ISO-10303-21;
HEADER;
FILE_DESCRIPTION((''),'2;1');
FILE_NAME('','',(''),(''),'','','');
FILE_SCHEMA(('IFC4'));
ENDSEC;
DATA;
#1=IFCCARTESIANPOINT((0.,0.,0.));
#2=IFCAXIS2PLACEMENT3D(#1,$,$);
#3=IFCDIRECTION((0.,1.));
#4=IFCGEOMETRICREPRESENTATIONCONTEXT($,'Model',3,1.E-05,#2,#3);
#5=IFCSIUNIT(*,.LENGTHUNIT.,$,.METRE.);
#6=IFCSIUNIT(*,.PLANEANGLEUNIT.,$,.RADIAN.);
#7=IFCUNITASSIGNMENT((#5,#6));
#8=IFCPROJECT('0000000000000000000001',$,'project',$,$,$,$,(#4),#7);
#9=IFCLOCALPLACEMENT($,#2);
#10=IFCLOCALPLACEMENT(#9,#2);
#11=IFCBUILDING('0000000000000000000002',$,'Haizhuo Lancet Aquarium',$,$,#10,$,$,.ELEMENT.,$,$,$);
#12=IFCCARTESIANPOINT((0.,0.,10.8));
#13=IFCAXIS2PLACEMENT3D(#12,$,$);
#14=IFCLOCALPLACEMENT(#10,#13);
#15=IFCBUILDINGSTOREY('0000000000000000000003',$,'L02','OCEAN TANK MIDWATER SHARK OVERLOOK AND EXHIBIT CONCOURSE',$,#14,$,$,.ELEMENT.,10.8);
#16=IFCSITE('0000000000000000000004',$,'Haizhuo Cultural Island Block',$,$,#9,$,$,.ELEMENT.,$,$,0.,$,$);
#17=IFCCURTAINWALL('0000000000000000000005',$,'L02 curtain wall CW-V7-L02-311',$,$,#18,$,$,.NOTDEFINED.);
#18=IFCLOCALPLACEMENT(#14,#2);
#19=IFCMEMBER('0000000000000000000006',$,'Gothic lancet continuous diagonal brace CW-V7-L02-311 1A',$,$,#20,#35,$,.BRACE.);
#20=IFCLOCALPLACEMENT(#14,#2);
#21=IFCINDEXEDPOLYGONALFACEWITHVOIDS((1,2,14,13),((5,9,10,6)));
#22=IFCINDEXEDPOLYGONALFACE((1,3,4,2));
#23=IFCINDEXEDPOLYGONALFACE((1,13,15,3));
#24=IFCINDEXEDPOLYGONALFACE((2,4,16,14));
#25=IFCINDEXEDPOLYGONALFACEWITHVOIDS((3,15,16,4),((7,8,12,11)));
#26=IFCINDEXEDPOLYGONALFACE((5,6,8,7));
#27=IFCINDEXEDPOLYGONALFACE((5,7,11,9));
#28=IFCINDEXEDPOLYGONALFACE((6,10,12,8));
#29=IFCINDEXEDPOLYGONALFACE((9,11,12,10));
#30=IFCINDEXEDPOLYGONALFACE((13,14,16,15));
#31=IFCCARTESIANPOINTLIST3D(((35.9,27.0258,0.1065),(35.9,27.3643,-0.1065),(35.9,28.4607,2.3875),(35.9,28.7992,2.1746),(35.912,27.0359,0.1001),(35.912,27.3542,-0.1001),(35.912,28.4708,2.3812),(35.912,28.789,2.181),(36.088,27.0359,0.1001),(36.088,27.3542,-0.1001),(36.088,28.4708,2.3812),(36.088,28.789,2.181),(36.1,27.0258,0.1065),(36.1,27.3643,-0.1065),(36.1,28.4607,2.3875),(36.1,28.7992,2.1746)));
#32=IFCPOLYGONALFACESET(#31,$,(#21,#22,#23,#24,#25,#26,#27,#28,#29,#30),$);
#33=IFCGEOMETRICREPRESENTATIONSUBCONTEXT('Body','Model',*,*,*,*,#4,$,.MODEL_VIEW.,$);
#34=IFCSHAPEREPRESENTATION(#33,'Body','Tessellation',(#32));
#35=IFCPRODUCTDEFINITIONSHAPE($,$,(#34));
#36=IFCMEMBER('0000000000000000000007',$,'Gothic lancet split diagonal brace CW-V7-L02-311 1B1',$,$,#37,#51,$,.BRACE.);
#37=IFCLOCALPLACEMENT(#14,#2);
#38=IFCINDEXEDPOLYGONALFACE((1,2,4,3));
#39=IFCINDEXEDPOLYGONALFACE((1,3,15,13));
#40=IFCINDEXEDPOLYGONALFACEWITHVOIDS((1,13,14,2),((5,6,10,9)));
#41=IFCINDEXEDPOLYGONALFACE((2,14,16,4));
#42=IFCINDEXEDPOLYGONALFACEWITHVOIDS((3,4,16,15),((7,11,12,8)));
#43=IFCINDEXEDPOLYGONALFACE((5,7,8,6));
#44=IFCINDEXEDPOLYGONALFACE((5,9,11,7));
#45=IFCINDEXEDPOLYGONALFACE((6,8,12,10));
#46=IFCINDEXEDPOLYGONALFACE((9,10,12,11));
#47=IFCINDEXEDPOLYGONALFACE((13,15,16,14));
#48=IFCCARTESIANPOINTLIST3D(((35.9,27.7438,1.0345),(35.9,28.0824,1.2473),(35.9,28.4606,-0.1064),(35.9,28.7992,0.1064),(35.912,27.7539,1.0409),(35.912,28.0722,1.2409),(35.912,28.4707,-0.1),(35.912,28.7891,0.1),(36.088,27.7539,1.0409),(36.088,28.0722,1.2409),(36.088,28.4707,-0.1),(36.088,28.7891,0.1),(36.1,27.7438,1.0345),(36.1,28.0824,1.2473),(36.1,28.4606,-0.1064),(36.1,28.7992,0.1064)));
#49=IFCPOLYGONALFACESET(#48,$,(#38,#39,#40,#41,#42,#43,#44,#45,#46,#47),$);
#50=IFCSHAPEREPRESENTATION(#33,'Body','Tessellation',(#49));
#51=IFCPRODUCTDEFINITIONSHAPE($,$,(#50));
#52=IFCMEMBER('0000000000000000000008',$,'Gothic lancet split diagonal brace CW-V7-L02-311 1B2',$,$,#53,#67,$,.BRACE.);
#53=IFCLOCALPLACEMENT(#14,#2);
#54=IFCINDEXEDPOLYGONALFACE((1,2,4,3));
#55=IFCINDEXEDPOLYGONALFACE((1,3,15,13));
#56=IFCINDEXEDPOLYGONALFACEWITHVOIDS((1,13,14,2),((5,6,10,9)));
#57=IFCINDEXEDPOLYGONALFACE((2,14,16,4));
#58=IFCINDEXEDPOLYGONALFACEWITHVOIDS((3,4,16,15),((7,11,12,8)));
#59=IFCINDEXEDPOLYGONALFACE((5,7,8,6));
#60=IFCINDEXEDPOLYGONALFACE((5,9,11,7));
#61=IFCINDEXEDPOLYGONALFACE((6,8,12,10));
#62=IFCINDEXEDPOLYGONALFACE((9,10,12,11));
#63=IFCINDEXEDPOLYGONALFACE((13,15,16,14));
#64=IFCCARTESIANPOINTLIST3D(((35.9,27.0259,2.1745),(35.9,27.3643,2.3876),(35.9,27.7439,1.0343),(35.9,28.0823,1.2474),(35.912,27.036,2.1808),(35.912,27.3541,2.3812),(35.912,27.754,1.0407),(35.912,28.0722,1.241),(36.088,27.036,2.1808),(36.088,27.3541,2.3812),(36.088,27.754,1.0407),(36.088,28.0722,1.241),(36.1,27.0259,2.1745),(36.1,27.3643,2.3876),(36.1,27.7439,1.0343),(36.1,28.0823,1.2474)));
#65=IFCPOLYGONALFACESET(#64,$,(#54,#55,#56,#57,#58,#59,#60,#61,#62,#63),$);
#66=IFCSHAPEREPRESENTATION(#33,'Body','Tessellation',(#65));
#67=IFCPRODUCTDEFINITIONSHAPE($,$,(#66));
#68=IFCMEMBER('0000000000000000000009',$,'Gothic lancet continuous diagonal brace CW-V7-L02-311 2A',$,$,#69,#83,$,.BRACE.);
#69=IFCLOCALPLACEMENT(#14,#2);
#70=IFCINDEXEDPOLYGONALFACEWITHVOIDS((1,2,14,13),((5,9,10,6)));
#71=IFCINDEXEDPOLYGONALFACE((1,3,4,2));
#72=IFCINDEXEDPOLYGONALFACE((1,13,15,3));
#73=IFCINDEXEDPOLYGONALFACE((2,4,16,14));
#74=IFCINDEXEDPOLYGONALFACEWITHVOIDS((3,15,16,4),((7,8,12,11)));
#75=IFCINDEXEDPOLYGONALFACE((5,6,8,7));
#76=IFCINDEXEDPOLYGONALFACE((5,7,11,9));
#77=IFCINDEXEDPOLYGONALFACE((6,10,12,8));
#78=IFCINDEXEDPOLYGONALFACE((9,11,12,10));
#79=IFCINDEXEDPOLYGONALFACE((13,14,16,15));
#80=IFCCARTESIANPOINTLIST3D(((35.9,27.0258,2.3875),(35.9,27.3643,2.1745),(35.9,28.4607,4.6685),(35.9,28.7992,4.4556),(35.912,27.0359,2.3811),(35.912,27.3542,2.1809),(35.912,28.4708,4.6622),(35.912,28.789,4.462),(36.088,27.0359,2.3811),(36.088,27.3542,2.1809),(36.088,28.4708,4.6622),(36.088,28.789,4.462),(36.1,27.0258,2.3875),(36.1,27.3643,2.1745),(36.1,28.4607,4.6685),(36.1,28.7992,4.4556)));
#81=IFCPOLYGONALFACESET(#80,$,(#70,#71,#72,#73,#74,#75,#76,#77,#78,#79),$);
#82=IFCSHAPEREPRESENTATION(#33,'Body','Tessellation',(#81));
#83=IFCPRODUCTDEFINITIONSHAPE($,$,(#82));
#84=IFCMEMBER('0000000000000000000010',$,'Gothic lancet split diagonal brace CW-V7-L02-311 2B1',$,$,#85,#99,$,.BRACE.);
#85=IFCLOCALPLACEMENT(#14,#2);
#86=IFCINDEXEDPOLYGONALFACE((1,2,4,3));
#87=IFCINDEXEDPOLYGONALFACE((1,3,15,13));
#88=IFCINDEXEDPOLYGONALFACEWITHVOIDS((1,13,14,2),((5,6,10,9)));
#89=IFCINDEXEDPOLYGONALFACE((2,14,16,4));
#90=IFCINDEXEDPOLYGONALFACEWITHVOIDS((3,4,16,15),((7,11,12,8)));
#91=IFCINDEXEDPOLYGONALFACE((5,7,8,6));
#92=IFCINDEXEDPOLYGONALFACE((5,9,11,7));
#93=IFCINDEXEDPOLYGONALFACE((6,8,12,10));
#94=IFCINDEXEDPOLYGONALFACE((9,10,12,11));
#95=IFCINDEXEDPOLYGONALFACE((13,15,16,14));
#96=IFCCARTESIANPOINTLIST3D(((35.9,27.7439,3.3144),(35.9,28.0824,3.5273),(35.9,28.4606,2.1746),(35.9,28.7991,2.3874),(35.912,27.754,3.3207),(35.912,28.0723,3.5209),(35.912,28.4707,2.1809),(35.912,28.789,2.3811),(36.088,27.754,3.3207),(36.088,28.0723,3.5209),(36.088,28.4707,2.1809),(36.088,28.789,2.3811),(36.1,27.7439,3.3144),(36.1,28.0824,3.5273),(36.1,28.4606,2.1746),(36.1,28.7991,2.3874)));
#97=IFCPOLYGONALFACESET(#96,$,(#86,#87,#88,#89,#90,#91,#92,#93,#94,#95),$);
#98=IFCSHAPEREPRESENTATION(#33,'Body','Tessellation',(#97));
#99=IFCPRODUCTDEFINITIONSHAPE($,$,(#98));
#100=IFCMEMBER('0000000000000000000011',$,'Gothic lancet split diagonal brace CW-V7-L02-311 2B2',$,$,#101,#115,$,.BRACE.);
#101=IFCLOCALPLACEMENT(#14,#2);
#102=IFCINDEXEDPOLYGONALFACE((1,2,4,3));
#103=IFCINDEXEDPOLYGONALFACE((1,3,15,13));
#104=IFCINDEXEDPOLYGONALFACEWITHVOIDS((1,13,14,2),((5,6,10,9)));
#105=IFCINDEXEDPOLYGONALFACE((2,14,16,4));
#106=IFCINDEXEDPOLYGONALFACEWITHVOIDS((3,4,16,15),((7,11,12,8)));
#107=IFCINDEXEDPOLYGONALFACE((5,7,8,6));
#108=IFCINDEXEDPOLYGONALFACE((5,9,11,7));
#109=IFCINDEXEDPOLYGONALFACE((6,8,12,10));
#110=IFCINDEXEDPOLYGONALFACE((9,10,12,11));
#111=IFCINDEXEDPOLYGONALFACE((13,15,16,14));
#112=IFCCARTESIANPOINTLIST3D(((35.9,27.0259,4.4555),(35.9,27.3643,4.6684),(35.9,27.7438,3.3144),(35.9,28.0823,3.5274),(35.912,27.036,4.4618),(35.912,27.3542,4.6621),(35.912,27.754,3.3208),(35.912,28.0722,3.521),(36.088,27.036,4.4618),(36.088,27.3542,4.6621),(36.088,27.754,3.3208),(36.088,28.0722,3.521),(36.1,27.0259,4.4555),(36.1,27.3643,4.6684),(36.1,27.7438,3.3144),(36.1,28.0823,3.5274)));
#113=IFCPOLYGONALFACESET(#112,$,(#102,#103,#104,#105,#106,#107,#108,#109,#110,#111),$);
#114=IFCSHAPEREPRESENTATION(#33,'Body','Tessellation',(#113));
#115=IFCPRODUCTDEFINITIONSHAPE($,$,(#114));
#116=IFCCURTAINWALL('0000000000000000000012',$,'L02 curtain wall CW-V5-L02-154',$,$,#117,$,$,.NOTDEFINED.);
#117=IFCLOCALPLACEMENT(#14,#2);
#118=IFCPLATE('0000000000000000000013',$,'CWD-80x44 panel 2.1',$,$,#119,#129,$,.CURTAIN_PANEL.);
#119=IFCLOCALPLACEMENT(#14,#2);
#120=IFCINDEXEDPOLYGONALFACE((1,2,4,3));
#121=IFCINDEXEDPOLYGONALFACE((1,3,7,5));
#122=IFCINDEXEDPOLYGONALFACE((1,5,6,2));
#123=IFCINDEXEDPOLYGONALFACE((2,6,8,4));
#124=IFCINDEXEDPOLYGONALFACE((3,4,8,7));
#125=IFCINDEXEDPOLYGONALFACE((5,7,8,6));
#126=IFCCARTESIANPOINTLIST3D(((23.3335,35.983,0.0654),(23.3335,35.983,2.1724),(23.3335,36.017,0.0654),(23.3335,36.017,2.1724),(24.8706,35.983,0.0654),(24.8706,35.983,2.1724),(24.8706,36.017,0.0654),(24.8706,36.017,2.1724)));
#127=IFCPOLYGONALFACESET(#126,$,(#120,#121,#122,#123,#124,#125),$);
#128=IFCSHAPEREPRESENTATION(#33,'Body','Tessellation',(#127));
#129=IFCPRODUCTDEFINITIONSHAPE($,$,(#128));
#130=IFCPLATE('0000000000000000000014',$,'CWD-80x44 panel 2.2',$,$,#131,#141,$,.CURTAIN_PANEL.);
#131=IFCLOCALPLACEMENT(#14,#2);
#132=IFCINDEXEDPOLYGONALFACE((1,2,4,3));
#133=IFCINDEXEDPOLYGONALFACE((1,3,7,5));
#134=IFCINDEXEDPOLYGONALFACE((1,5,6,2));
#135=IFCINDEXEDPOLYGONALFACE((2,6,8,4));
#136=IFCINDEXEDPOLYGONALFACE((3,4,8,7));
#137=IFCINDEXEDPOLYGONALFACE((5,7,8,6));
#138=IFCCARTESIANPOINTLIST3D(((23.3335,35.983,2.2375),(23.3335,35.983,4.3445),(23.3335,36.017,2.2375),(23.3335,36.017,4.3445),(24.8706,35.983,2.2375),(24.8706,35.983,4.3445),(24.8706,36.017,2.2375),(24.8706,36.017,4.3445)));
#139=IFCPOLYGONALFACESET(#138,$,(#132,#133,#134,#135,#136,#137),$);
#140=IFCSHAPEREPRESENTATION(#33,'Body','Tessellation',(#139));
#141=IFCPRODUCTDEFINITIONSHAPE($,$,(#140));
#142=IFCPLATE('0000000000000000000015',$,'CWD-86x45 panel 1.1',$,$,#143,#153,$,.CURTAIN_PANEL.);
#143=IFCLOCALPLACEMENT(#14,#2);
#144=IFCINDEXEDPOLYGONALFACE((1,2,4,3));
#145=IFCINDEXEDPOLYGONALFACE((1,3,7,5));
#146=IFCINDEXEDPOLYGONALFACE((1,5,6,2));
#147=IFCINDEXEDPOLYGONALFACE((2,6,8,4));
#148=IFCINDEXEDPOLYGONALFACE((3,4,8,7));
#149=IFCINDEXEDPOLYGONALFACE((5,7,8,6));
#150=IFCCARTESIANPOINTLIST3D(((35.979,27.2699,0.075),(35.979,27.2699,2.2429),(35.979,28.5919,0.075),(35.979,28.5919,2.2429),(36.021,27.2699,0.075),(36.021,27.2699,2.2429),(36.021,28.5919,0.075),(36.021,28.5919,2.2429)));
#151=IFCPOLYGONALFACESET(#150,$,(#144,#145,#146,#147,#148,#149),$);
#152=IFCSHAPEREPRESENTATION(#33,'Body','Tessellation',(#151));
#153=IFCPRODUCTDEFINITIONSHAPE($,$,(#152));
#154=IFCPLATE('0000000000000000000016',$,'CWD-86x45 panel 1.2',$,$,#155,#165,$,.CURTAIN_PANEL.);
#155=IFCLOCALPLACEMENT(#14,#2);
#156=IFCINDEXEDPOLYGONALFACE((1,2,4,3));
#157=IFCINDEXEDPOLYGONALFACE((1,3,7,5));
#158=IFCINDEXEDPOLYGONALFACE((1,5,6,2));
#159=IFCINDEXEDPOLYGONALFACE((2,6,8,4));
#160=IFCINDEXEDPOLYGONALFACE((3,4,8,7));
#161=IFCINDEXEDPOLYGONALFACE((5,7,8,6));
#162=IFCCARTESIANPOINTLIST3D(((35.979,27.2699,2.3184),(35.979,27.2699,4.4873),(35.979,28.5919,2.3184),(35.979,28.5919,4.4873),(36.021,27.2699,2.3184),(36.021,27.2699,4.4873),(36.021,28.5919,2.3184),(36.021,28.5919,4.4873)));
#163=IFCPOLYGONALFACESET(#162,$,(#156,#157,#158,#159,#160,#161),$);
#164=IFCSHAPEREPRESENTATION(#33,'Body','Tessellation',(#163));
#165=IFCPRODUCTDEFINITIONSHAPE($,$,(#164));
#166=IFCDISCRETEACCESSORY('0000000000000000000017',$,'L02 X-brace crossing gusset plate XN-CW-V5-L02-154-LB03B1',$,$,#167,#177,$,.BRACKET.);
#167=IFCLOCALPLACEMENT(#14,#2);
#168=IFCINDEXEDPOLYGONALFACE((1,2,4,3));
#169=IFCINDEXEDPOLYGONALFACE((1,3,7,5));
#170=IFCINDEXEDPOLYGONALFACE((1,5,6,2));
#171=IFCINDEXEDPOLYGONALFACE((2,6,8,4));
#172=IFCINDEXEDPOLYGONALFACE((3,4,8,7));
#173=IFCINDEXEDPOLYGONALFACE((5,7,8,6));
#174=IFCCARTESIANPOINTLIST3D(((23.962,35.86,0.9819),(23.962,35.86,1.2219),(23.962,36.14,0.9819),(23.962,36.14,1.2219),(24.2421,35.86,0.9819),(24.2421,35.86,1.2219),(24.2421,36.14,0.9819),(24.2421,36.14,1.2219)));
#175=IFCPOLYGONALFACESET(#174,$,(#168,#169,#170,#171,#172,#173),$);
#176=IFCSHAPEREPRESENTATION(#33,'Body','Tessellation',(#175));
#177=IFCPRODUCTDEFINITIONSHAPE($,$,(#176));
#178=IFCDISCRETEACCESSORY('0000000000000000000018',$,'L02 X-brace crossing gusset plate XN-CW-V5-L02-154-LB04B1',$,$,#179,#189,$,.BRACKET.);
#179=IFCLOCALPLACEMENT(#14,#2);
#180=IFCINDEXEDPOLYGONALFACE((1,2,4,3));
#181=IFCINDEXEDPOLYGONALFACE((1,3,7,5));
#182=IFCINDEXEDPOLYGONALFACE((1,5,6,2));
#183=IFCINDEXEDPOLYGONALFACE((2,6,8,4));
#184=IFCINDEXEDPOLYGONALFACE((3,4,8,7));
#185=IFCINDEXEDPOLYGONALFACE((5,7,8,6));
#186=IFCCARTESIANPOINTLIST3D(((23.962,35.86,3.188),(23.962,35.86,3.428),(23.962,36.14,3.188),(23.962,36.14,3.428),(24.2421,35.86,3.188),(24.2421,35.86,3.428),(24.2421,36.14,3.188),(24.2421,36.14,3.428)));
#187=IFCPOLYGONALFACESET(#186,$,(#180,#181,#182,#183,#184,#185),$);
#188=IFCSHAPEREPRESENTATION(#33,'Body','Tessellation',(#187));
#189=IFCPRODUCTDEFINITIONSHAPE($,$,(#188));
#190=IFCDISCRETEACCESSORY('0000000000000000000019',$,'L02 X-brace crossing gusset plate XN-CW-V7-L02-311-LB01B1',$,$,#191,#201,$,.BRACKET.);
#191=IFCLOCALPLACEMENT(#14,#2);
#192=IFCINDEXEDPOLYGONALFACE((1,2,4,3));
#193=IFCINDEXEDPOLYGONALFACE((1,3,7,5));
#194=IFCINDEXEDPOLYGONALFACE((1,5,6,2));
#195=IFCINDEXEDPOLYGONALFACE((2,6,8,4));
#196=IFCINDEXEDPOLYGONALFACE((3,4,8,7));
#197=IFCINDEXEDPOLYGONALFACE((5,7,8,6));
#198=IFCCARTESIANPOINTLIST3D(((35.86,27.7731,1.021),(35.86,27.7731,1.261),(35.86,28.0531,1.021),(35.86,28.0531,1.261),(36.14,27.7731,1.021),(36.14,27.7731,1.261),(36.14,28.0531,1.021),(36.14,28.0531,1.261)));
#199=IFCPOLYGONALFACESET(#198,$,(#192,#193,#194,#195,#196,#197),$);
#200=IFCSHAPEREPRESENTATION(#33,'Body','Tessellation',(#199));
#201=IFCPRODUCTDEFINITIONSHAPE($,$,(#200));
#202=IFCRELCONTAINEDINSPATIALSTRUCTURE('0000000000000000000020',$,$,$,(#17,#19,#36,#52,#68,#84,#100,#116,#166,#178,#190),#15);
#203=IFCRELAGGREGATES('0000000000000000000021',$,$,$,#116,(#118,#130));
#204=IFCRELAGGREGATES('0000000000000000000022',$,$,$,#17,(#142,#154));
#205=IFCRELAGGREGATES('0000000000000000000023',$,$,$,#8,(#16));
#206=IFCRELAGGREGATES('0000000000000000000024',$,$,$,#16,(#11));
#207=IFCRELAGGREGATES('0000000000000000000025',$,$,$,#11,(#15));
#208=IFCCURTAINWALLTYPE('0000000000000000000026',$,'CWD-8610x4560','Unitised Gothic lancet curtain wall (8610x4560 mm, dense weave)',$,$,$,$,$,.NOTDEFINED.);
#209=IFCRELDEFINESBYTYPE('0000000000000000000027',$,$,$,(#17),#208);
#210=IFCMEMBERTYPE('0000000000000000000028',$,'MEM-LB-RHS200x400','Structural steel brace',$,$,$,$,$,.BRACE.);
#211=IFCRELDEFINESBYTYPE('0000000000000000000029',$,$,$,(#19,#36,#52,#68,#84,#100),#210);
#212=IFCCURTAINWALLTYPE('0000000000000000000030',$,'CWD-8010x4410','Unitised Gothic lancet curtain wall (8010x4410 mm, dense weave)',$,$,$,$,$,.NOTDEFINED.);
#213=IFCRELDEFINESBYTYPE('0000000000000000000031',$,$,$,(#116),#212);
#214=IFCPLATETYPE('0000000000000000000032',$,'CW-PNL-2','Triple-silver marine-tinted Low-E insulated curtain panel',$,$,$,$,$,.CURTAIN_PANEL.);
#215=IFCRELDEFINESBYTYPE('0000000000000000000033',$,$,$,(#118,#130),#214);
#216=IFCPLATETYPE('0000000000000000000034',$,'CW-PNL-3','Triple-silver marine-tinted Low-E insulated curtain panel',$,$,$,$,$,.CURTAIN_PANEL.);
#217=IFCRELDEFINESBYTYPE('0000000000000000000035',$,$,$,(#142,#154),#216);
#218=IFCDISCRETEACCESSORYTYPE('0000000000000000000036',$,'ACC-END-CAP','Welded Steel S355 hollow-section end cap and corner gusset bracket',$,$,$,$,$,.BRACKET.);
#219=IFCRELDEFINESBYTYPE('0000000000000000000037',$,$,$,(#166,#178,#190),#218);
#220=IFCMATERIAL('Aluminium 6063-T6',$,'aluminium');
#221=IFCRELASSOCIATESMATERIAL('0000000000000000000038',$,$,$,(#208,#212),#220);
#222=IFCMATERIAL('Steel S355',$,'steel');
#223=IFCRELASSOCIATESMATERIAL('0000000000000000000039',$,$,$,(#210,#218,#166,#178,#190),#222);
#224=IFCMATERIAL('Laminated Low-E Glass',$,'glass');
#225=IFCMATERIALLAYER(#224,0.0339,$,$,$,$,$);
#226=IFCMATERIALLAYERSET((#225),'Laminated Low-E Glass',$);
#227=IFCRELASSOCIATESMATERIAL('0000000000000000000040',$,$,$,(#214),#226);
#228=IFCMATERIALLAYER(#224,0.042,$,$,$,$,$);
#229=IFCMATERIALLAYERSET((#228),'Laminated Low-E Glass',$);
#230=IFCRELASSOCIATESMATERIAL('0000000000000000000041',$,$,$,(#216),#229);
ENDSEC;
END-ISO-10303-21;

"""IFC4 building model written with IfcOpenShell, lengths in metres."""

from ifc_helpers import new_model, si_unit, direction, frame, origin, origin_2d, place, context, subcontext, project, spatial, rectangle, hollow_rectangle, extrude, material, layer, layer_set, material_profile, profile_set, type_object, element, aggregate, save


model = new_model("IFC4")

# Units and contexts
model_context = context("Model", 3, precision=1e-05, world=origin(), true_north=direction((0.0, 1.0)))
body_context = subcontext(model_context, "Body", "Model", "MODEL_VIEW")
ifc_project = project(units=[si_unit("LENGTHUNIT", "METRE"), si_unit("PLANEANGLEUNIT", "RADIAN")], contexts=[model_context])

# Site, building, storey
site_placement = place(None, origin())
site = spatial("IfcSite", under=ifc_project, at=site_placement, Name="Haizhuo Cultural Island Block", CompositionType="ELEMENT", RefElevation=0.0)
building_placement = place(site_placement, origin())
building = spatial("IfcBuilding", under=site, at=building_placement, Name="Haizhuo Lancet Aquarium", CompositionType="ELEMENT")
storey_placement = place(building_placement, frame((0.0, 0.0, 10.8)))
storey = spatial("IfcBuildingStorey", under=building, at=storey_placement, Name="L02", Description="OCEAN TANK MIDWATER SHARK OVERLOOK AND EXHIBIT CONCOURSE", CompositionType="ELEMENT", Elevation=10.8)

# Shared definitions
ifc_material_1 = material(Name="Steel S355", Category="steel")

# Curtain wall
ifc_material_2 = material(Name="Aluminium 6063-T6", Category="aluminium")
curtain_wall_type_1 = type_object("IfcCurtainWallType", Name="CWD-8610x4560", Description="Unitised Gothic lancet curtain wall (8610x4560 mm, dense weave)", PredefinedType="NOTDEFINED", material=ifc_material_2)
curtain_wall_1_placement = place(storey_placement, origin())
curtain_wall_1 = element("IfcCurtainWall", 1, at=curtain_wall_1_placement, inside=storey, type_object=curtain_wall_type_1, Name="L02 curtain wall CW-V7-L02-311", PredefinedType="NOTDEFINED")

# Members
ifc_material_profile_1 = material_profile(ifc_material_1, hollow_rectangle(XDim=0.2, YDim=0.3999, WallThickness=0.012, at=origin_2d()), Name="RHS 200x400x12")
ifc_profile_set_1 = profile_set([ifc_material_profile_1], Name="Steel S355")
member_type_1 = type_object("IfcMemberType", Name="MEM-LB-RHS200x400", Description="Structural steel brace", PredefinedType="BRACE", material=ifc_profile_set_1)
member_1_placement = place(storey_placement, frame((36.0, 27.1951, 0.0), z_axis=(0.0, 0.532448, 0.846463), x_axis=(-1.0, 0.0, 0.0)))
element("IfcMember", 2, at=member_1_placement, inside=storey, type_object=member_type_1, Name="Gothic lancet continuous diagonal brace CW-V7-L02-311 1A", PredefinedType="BRACE", context=body_context, shape_type="SweptSolid", body=[
    extrude(hollow_rectangle(XDim=0.2, YDim=0.3999, WallThickness=0.012, at=origin_2d()), origin(), (0.0, 0.0, 1.0), 2.6948),
])
for number, where, z_axis, x_axis, name in (
    (3, (36.0, 28.6299, 0.0), (0.0, -0.532001, 0.846744), (1.0, 0.0, 0.0), "Gothic lancet split diagonal brace CW-V7-L02-311 1B1"),
    (4, (36.0, 27.9131, 1.1409), (0.0, -0.532895, 0.846181), (1.0, 0.0, 0.0), "Gothic lancet split diagonal brace CW-V7-L02-311 1B2"),
):
    element("IfcMember", number, at=place(storey_placement, frame(where, z_axis=z_axis, x_axis=x_axis)), inside=storey, type_object=member_type_1, Name=name, PredefinedType="BRACE", context=body_context, shape_type="SweptSolid", body=[
        extrude(hollow_rectangle(XDim=0.2, YDim=0.3999, WallThickness=0.012, at=origin_2d()), origin(), (0.0, 0.0, 1.0), 1.3474),
    ])
member_2_placement = place(storey_placement, frame((36.0, 27.1951, 2.281), z_axis=(0.0, 0.532448, 0.846463), x_axis=(-1.0, 0.0, 0.0)))
element("IfcMember", 5, at=member_2_placement, inside=storey, type_object=member_type_1, Name="Gothic lancet continuous diagonal brace CW-V7-L02-311 2A", PredefinedType="BRACE", context=body_context, shape_type="SweptSolid", body=[
    extrude(hollow_rectangle(XDim=0.2, YDim=0.3999, WallThickness=0.012, at=origin_2d()), origin(), (0.0, 0.0, 1.0), 2.6948),
])
member_3_placement = place(storey_placement, frame((36.0, 28.6299, 2.281), z_axis=(0.0, -0.532327, 0.846539), x_axis=(1.0, 0.0, 0.0)))
element("IfcMember", 6, at=member_3_placement, inside=storey, type_object=member_type_1, Name="Gothic lancet split diagonal brace CW-V7-L02-311 2B1", PredefinedType="BRACE", context=body_context, shape_type="SweptSolid", body=[
    extrude(hollow_rectangle(XDim=0.2, YDim=0.3999, WallThickness=0.012, at=origin_2d()), origin(), (0.0, 0.0, 1.0), 1.3464),
])
member_4_placement = place(storey_placement, frame((36.0, 27.9131, 3.4209), z_axis=(0.0, -0.532568, 0.846387), x_axis=(1.0, 0.0, 0.0)))
element("IfcMember", 7, at=member_4_placement, inside=storey, type_object=member_type_1, Name="Gothic lancet split diagonal brace CW-V7-L02-311 2B2", PredefinedType="BRACE", context=body_context, shape_type="SweptSolid", body=[
    extrude(hollow_rectangle(XDim=0.2, YDim=0.3999, WallThickness=0.012, at=origin_2d()), origin(), (0.0, 0.0, 1.0), 1.3481),
])

# Curtain wall, plates
curtain_wall_type_2 = type_object("IfcCurtainWallType", Name="CWD-8010x4410", Description="Unitised Gothic lancet curtain wall (8010x4410 mm, dense weave)", PredefinedType="NOTDEFINED", material=ifc_material_2)
curtain_wall_2_placement = place(storey_placement, origin())
curtain_wall_2 = element("IfcCurtainWall", 8, at=curtain_wall_2_placement, inside=storey, type_object=curtain_wall_type_2, Name="L02 curtain wall CW-V5-L02-154", PredefinedType="NOTDEFINED")
ifc_material_3 = material(Name="Laminated Low-E Glass", Category="glass")
ifc_layer_1 = layer(ifc_material_3, 0.0339)
ifc_layer_set_1 = layer_set([ifc_layer_1], Name="Laminated Low-E Glass")
plate_type_1 = type_object("IfcPlateType", Name="CW-PNL-2", Description="Triple-silver marine-tinted Low-E insulated curtain panel", PredefinedType="CURTAIN_PANEL", material=ifc_layer_set_1)
plate_1_placement = place(storey_placement, frame((24.1021, 36.0, 0.0654), z_axis=(0.0, 0.0, 1.0), x_axis=(-1.0, 0.0, 0.0)))
plate_1 = element("IfcPlate", 9, at=plate_1_placement, type_object=plate_type_1, Name="CWD-80x44 panel 2.1", PredefinedType="CURTAIN_PANEL", context=body_context, shape_type="SweptSolid", body=[
    extrude(rectangle(XDim=1.5371, YDim=0.0339, at=origin_2d()), origin(), (0.0, 0.0, 1.0), 2.1069),
])
plate_2_placement = place(storey_placement, frame((24.1021, 36.0, 2.2375), z_axis=(0.0, 0.0, 1.0), x_axis=(-1.0, 0.0, 0.0)))
plate_2 = element("IfcPlate", 10, at=plate_2_placement, type_object=plate_type_1, Name="CWD-80x44 panel 2.2", PredefinedType="CURTAIN_PANEL", context=body_context, shape_type="SweptSolid", body=[
    extrude(rectangle(XDim=1.5371, YDim=0.0339, at=origin_2d()), origin(), (0.0, 0.0, 1.0), 2.1069),
])
aggregate(curtain_wall_2, [plate_1, plate_2])

# Plates
ifc_layer_2 = layer(ifc_material_3, 0.042)
ifc_layer_set_2 = layer_set([ifc_layer_2], Name="Laminated Low-E Glass")
plate_type_2 = type_object("IfcPlateType", Name="CW-PNL-3", Description="Triple-silver marine-tinted Low-E insulated curtain panel", PredefinedType="CURTAIN_PANEL", material=ifc_layer_set_2)
plate_3_placement = place(storey_placement, frame((36.0, 27.9309, 0.075), z_axis=(0.0, 0.0, 1.0), x_axis=(0.0, 1.0, 0.0)))
plate_3 = element("IfcPlate", 11, at=plate_3_placement, type_object=plate_type_2, Name="CWD-86x45 panel 1.1", PredefinedType="CURTAIN_PANEL", context=body_context, shape_type="SweptSolid", body=[
    extrude(rectangle(XDim=1.322, YDim=0.042, at=origin_2d()), origin(), (0.0, 0.0, 1.0), 2.168),
])
plate_4_placement = place(storey_placement, frame((36.0, 27.9309, 2.3184), z_axis=(0.0, 0.0, 1.0), x_axis=(0.0, 1.0, 0.0)))
plate_4 = element("IfcPlate", 12, at=plate_4_placement, type_object=plate_type_2, Name="CWD-86x45 panel 1.2", PredefinedType="CURTAIN_PANEL", context=body_context, shape_type="SweptSolid", body=[
    extrude(rectangle(XDim=1.322, YDim=0.042, at=origin_2d()), origin(), (0.0, 0.0, 1.0), 2.1689),
])
aggregate(curtain_wall_1, [plate_3, plate_4])

# Discrete accessories
discrete_accessory_type = type_object("IfcDiscreteAccessoryType", Name="ACC-END-CAP", Description="Welded Steel S355 hollow-section end cap and corner gusset bracket", PredefinedType="BRACKET", material=ifc_material_1)
for number, where, z_axis, x_axis, name in (
    (13, (24.1021, 36.0, 0.9819), (0.0, 0.0, 1.0), (1.0, 0.0, 0.0), "L02 X-brace crossing gusset plate XN-CW-V5-L02-154-LB03B1"),
    (14, (24.1021, 36.0, 3.188), (0.0, 0.0, 1.0), (1.0, 0.0, 0.0), "L02 X-brace crossing gusset plate XN-CW-V5-L02-154-LB04B1"),
    (15, (36.0, 27.9131, 1.021), (0.0, 0.0, 1.0), (1.0, 0.0, 0.0), "L02 X-brace crossing gusset plate XN-CW-V7-L02-311-LB01B1"),
):
    element("IfcDiscreteAccessory", number, at=place(storey_placement, frame(where, z_axis=z_axis, x_axis=x_axis)), inside=storey, type_object=discrete_accessory_type, material=ifc_material_1, Name=name, PredefinedType="BRACKET", context=body_context, shape_type="SweptSolid", body=[
        extrude(rectangle(XDim=0.28, YDim=0.28, at=origin_2d()), origin(), (0.0, 0.0, 1.0), 0.24),
    ])

save(model, "model.ifc")
